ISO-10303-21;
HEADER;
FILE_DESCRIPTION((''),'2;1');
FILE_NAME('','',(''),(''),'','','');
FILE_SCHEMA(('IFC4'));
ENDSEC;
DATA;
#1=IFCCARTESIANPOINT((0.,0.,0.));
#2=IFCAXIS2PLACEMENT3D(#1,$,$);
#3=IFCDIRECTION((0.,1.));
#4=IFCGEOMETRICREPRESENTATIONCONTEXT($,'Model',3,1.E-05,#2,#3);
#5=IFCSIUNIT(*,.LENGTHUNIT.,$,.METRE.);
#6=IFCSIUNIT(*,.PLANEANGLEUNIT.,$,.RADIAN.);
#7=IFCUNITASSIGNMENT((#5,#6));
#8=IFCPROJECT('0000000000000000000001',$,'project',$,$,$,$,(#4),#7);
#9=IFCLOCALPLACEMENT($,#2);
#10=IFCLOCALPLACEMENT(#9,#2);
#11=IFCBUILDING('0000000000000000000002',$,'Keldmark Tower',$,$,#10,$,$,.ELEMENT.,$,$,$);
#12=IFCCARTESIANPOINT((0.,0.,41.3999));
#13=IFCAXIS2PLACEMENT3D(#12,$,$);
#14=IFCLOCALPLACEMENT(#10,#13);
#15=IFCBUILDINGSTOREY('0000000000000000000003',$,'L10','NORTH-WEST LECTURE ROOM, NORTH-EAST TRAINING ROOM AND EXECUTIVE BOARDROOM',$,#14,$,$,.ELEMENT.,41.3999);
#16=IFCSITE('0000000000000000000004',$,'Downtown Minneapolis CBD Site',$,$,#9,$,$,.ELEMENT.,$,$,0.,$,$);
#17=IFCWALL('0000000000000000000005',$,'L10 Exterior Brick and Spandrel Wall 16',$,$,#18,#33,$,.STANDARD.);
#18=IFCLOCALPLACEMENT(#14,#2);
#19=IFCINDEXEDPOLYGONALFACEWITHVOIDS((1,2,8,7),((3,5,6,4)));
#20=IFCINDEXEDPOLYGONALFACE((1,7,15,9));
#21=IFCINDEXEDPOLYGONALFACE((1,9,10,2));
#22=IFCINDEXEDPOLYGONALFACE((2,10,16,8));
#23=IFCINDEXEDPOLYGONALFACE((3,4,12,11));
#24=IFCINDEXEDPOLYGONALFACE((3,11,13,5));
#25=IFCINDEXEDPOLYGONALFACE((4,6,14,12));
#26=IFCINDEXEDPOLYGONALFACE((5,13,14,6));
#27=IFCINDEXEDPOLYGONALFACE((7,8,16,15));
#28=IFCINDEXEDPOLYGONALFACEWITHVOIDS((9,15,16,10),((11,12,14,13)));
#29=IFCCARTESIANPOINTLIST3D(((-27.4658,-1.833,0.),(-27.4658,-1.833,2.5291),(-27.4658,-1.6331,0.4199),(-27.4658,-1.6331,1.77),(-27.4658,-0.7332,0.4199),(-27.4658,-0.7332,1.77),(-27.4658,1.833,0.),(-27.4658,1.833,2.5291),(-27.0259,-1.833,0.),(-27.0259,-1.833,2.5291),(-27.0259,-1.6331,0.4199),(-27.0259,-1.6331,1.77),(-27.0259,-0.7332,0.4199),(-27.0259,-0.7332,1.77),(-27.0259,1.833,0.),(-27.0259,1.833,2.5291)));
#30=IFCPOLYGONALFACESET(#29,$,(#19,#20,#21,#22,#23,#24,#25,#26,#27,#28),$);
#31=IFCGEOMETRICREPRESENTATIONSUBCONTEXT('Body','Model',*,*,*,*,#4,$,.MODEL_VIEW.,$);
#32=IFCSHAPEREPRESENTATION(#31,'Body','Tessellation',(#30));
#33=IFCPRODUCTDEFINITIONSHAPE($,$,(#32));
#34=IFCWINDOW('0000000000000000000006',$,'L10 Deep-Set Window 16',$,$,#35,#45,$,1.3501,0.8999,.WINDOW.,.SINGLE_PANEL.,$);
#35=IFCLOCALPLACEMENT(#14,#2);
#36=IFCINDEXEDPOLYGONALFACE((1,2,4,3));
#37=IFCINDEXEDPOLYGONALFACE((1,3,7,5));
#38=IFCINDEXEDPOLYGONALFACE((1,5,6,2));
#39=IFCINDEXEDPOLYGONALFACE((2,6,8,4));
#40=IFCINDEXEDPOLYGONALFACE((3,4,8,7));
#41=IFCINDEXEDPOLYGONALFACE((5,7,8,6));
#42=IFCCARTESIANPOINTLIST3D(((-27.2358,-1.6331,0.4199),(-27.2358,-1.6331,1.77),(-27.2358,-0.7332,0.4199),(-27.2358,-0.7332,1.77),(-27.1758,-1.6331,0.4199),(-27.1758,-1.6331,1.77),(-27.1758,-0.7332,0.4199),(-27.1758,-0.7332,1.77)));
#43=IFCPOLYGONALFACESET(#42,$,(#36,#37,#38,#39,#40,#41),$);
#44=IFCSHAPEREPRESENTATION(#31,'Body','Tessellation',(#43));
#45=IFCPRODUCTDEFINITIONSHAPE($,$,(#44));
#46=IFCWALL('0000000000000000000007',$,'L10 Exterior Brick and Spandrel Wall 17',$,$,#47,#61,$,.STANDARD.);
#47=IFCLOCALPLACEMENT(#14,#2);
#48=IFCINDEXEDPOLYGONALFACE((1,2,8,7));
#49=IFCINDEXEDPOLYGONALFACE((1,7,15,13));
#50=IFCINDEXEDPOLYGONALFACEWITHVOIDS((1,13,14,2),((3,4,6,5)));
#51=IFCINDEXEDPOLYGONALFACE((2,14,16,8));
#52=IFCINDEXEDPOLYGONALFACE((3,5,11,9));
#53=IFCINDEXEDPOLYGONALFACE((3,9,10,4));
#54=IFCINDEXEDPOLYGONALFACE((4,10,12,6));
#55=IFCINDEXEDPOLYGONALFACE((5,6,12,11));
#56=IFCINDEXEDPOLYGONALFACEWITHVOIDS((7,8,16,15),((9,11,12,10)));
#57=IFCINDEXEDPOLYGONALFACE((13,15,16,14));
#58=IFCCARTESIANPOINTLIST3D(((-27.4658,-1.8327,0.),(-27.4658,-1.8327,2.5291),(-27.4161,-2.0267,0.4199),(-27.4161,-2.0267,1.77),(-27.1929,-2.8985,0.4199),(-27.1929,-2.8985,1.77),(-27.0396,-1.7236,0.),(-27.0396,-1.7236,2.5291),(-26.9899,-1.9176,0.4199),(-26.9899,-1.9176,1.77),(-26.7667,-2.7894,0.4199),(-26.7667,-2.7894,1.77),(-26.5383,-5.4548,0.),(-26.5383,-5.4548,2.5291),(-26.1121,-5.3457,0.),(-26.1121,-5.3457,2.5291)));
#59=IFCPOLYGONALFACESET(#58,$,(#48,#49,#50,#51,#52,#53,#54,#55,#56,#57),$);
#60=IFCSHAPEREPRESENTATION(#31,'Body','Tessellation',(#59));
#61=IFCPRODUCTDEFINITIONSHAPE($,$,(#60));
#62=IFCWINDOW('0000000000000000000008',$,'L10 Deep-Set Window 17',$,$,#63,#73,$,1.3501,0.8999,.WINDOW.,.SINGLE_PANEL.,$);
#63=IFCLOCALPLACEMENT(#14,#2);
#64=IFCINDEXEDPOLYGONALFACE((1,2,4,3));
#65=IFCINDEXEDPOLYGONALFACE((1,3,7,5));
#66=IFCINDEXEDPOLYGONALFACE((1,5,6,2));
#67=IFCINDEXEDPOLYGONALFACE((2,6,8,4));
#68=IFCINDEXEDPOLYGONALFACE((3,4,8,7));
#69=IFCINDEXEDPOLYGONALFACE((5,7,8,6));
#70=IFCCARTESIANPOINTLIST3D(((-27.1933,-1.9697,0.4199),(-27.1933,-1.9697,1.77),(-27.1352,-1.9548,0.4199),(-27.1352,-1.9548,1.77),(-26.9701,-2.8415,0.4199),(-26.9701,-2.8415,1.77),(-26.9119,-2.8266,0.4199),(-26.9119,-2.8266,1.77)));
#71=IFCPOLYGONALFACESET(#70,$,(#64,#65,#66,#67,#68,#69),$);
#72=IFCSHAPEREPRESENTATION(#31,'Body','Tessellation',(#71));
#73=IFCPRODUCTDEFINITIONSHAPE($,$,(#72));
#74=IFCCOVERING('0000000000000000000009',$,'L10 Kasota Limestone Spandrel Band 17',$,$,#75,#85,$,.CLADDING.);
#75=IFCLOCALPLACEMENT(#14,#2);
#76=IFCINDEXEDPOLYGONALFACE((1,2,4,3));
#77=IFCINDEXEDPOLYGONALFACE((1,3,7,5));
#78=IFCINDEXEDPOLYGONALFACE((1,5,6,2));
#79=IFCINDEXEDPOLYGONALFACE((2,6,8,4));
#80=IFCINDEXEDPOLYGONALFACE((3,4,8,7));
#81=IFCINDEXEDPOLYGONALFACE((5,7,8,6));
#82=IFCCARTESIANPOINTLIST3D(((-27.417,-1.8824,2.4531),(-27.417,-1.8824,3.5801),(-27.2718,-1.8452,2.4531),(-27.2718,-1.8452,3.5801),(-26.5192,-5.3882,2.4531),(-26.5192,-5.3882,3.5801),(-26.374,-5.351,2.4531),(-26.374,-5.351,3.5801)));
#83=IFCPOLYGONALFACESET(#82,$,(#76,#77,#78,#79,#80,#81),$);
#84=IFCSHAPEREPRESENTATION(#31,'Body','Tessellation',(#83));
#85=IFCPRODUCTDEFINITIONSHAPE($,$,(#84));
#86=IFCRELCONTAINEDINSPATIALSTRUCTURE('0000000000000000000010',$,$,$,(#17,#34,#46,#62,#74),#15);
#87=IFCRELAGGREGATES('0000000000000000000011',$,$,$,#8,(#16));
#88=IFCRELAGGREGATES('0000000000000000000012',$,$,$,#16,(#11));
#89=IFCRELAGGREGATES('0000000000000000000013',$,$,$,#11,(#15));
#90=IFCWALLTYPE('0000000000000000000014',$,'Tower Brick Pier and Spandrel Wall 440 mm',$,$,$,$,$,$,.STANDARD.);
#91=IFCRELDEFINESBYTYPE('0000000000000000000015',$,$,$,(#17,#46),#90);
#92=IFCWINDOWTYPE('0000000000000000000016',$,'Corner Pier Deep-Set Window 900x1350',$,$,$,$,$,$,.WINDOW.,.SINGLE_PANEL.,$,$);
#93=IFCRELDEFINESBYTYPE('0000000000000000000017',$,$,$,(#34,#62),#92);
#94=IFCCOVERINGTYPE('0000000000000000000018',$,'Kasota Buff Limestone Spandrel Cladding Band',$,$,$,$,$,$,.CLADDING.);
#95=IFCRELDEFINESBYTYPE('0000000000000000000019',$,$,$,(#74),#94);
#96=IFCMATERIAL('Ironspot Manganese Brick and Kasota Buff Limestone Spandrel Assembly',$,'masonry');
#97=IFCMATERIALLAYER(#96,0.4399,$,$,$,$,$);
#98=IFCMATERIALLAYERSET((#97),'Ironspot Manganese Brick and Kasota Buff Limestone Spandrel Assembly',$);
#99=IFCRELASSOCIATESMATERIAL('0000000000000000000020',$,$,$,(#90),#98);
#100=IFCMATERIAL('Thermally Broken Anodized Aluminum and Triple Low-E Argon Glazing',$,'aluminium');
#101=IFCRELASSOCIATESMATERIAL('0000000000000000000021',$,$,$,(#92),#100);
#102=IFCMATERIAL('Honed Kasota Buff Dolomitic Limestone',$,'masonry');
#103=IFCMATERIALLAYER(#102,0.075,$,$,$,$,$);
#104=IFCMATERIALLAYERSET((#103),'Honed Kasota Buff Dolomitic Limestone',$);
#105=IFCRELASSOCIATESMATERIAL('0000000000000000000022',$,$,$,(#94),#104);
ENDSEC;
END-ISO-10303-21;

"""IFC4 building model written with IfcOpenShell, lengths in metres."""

from ifc_helpers import new_model, si_unit, direction, frame, frame_2d, origin, origin_2d, place, context, subcontext, project, spatial, rectangle, extrude, material, layer, layer_set, type_object, element, fill, save


model = new_model("IFC4")

# Units and contexts
model_context = context("Model", 3, precision=1e-05, world=origin(), true_north=direction((0.0, 1.0)))
body_context = subcontext(model_context, "Body", "Model", "MODEL_VIEW")
ifc_project = project(units=[si_unit("LENGTHUNIT", "METRE"), si_unit("PLANEANGLEUNIT", "RADIAN")], contexts=[model_context])

# Site, building, storey
site_placement = place(None, origin())
site = spatial("IfcSite", under=ifc_project, at=site_placement, Name="Downtown Minneapolis CBD Site", CompositionType="ELEMENT", RefElevation=0.0)
building_placement = place(site_placement, origin())
building = spatial("IfcBuilding", under=site, at=building_placement, Name="Keldmark Tower", CompositionType="ELEMENT")
storey_placement = place(building_placement, frame((0.0, 0.0, 41.3999)))
storey = spatial("IfcBuildingStorey", under=building, at=storey_placement, Name="L10", Description="NORTH-WEST LECTURE ROOM, NORTH-EAST TRAINING ROOM AND EXECUTIVE BOARDROOM", CompositionType="ELEMENT", Elevation=41.3999)

# Walls, openings, windows
ifc_material_1 = material(Name="Ironspot Manganese Brick and Kasota Buff Limestone Spandrel Assembly", Category="masonry")
ifc_layer_1 = layer(ifc_material_1, 0.4399)
ifc_layer_set_1 = layer_set([ifc_layer_1], Name="Ironspot Manganese Brick and Kasota Buff Limestone Spandrel Assembly")
wall_type_1 = type_object("IfcWallType", Name="Tower Brick Pier and Spandrel Wall 440 mm", PredefinedType="STANDARD", material=ifc_layer_set_1)
ifc_material_2 = material(Name="Thermally Broken Anodized Aluminum and Triple Low-E Argon Glazing", Category="aluminium")
window_type = type_object("IfcWindowType", Name="Corner Pier Deep-Set Window 900x1350", PartitioningType="SINGLE_PANEL", PredefinedType="WINDOW", material=ifc_material_2)
wall_1_placement = place(storey_placement, frame((-27.2458, -1.833, 0.0), z_axis=(0.0, 0.0, 1.0), x_axis=(0.0, 1.0, 0.0)))
wall_1 = element("IfcWall", 1, at=wall_1_placement, inside=storey, type_object=wall_type_1, Name="L10 Exterior Brick and Spandrel Wall 16", PredefinedType="STANDARD", context=body_context, shape_type="SweptSolid", body=[
    extrude(rectangle(XDim=3.666, YDim=0.4399, at=frame_2d((1.833, 0.0))), origin(), (0.0, 0.0, 1.0), 2.5291),
])
opening_1_placement = place(wall_1_placement, frame((0.2, 0.0, 0.4199)))
opening_1 = element("IfcOpeningElement", 2, at=opening_1_placement, cuts=wall_1, PredefinedType="OPENING", context=body_context, shape_type="SweptSolid", body=[
    extrude(rectangle(XDim=0.8999, YDim=1.3501, at=frame_2d((0.45, 0.675))), frame((0.0, 0.23, 0.0), z_axis=(0.0, -1.0, 0.0), x_axis=(1.0, 0.0, 0.0)), (0.0, 0.0, 1.0), 0.46),
])
window_1_placement = place(opening_1_placement, origin())
window_1 = element("IfcWindow", 3, at=window_1_placement, inside=storey, type_object=window_type, Name="L10 Deep-Set Window 16", OverallHeight=1.3501, OverallWidth=0.8999, PartitioningType="SINGLE_PANEL", PredefinedType="WINDOW", context=body_context, shape_type="SweptSolid", body=[
    extrude(rectangle(XDim=0.8999, YDim=1.3501, at=frame_2d((0.45, 0.675))), frame((0.0, -0.01, 0.0), z_axis=(0.0, -1.0, 0.0), x_axis=(1.0, 0.0, 0.0)), (0.0, 0.0, 1.0), 0.0601),
])
fill(opening_1, window_1)
wall_2_placement = place(storey_placement, frame((-26.3252, -5.4004, 0.0), z_axis=(0.0, 0.0, 1.0), x_axis=(-0.248063, 0.968744, 0.0)))
wall_2 = element("IfcWall", 4, at=wall_2_placement, inside=storey, type_object=wall_type_1, Name="L10 Exterior Brick and Spandrel Wall 17", PredefinedType="STANDARD", context=body_context, shape_type="SweptSolid", body=[
    extrude(rectangle(XDim=3.739, YDim=0.4399, at=frame_2d((1.8696, 0.0))), origin(), (0.0, 0.0, 1.0), 2.5291),
])
opening_2_placement = place(wall_2_placement, frame((2.6389, 0.0, 0.4199)))
opening_2 = element("IfcOpeningElement", 5, at=opening_2_placement, cuts=wall_2, PredefinedType="OPENING", context=body_context, shape_type="SweptSolid", body=[
    extrude(rectangle(XDim=0.8999, YDim=1.3501, at=frame_2d((0.45, 0.675))), frame((0.0, 0.23, 0.0), z_axis=(0.0, -1.0, 0.0), x_axis=(1.0, 0.0, 0.0)), (0.0, 0.0, 1.0), 0.46),
])
window_2_placement = place(opening_2_placement, origin())
window_2 = element("IfcWindow", 6, at=window_2_placement, inside=storey, type_object=window_type, Name="L10 Deep-Set Window 17", OverallHeight=1.3501, OverallWidth=0.8999, PartitioningType="SINGLE_PANEL", PredefinedType="WINDOW", context=body_context, shape_type="SweptSolid", body=[
    extrude(rectangle(XDim=0.8999, YDim=1.3501, at=frame_2d((0.45, 0.675))), frame((0.0, -0.01, 0.0), z_axis=(0.0, -1.0, 0.0), x_axis=(1.0, 0.0, 0.0)), (0.0, 0.0, 1.0), 0.0601),
])
fill(opening_2, window_2)

# Covering
ifc_material_3 = material(Name="Honed Kasota Buff Dolomitic Limestone", Category="masonry")
ifc_layer_2 = layer(ifc_material_3, 0.075)
ifc_layer_set_2 = layer_set([ifc_layer_2], Name="Honed Kasota Buff Dolomitic Limestone")
covering_type = type_object("IfcCoveringType", Name="Kasota Buff Limestone Spandrel Cladding Band", PredefinedType="CLADDING", material=ifc_layer_set_2)
covering_placement = place(storey_placement, frame((-26.8955, -3.6167, 2.4531), z_axis=(0.0, 0.0, 1.0), x_axis=(0.248098, -0.968735, 0.0)))
element("IfcCovering", 7, at=covering_placement, inside=storey, type_object=covering_type, Name="L10 Kasota Limestone Spandrel Band 17", PredefinedType="CLADDING", context=body_context, shape_type="SweptSolid", body=[
    extrude(rectangle(XDim=3.6189, YDim=0.1499, at=origin_2d()), origin(), (0.0, 0.0, 1.0), 1.127),
])

save(model, "model.ifc")
